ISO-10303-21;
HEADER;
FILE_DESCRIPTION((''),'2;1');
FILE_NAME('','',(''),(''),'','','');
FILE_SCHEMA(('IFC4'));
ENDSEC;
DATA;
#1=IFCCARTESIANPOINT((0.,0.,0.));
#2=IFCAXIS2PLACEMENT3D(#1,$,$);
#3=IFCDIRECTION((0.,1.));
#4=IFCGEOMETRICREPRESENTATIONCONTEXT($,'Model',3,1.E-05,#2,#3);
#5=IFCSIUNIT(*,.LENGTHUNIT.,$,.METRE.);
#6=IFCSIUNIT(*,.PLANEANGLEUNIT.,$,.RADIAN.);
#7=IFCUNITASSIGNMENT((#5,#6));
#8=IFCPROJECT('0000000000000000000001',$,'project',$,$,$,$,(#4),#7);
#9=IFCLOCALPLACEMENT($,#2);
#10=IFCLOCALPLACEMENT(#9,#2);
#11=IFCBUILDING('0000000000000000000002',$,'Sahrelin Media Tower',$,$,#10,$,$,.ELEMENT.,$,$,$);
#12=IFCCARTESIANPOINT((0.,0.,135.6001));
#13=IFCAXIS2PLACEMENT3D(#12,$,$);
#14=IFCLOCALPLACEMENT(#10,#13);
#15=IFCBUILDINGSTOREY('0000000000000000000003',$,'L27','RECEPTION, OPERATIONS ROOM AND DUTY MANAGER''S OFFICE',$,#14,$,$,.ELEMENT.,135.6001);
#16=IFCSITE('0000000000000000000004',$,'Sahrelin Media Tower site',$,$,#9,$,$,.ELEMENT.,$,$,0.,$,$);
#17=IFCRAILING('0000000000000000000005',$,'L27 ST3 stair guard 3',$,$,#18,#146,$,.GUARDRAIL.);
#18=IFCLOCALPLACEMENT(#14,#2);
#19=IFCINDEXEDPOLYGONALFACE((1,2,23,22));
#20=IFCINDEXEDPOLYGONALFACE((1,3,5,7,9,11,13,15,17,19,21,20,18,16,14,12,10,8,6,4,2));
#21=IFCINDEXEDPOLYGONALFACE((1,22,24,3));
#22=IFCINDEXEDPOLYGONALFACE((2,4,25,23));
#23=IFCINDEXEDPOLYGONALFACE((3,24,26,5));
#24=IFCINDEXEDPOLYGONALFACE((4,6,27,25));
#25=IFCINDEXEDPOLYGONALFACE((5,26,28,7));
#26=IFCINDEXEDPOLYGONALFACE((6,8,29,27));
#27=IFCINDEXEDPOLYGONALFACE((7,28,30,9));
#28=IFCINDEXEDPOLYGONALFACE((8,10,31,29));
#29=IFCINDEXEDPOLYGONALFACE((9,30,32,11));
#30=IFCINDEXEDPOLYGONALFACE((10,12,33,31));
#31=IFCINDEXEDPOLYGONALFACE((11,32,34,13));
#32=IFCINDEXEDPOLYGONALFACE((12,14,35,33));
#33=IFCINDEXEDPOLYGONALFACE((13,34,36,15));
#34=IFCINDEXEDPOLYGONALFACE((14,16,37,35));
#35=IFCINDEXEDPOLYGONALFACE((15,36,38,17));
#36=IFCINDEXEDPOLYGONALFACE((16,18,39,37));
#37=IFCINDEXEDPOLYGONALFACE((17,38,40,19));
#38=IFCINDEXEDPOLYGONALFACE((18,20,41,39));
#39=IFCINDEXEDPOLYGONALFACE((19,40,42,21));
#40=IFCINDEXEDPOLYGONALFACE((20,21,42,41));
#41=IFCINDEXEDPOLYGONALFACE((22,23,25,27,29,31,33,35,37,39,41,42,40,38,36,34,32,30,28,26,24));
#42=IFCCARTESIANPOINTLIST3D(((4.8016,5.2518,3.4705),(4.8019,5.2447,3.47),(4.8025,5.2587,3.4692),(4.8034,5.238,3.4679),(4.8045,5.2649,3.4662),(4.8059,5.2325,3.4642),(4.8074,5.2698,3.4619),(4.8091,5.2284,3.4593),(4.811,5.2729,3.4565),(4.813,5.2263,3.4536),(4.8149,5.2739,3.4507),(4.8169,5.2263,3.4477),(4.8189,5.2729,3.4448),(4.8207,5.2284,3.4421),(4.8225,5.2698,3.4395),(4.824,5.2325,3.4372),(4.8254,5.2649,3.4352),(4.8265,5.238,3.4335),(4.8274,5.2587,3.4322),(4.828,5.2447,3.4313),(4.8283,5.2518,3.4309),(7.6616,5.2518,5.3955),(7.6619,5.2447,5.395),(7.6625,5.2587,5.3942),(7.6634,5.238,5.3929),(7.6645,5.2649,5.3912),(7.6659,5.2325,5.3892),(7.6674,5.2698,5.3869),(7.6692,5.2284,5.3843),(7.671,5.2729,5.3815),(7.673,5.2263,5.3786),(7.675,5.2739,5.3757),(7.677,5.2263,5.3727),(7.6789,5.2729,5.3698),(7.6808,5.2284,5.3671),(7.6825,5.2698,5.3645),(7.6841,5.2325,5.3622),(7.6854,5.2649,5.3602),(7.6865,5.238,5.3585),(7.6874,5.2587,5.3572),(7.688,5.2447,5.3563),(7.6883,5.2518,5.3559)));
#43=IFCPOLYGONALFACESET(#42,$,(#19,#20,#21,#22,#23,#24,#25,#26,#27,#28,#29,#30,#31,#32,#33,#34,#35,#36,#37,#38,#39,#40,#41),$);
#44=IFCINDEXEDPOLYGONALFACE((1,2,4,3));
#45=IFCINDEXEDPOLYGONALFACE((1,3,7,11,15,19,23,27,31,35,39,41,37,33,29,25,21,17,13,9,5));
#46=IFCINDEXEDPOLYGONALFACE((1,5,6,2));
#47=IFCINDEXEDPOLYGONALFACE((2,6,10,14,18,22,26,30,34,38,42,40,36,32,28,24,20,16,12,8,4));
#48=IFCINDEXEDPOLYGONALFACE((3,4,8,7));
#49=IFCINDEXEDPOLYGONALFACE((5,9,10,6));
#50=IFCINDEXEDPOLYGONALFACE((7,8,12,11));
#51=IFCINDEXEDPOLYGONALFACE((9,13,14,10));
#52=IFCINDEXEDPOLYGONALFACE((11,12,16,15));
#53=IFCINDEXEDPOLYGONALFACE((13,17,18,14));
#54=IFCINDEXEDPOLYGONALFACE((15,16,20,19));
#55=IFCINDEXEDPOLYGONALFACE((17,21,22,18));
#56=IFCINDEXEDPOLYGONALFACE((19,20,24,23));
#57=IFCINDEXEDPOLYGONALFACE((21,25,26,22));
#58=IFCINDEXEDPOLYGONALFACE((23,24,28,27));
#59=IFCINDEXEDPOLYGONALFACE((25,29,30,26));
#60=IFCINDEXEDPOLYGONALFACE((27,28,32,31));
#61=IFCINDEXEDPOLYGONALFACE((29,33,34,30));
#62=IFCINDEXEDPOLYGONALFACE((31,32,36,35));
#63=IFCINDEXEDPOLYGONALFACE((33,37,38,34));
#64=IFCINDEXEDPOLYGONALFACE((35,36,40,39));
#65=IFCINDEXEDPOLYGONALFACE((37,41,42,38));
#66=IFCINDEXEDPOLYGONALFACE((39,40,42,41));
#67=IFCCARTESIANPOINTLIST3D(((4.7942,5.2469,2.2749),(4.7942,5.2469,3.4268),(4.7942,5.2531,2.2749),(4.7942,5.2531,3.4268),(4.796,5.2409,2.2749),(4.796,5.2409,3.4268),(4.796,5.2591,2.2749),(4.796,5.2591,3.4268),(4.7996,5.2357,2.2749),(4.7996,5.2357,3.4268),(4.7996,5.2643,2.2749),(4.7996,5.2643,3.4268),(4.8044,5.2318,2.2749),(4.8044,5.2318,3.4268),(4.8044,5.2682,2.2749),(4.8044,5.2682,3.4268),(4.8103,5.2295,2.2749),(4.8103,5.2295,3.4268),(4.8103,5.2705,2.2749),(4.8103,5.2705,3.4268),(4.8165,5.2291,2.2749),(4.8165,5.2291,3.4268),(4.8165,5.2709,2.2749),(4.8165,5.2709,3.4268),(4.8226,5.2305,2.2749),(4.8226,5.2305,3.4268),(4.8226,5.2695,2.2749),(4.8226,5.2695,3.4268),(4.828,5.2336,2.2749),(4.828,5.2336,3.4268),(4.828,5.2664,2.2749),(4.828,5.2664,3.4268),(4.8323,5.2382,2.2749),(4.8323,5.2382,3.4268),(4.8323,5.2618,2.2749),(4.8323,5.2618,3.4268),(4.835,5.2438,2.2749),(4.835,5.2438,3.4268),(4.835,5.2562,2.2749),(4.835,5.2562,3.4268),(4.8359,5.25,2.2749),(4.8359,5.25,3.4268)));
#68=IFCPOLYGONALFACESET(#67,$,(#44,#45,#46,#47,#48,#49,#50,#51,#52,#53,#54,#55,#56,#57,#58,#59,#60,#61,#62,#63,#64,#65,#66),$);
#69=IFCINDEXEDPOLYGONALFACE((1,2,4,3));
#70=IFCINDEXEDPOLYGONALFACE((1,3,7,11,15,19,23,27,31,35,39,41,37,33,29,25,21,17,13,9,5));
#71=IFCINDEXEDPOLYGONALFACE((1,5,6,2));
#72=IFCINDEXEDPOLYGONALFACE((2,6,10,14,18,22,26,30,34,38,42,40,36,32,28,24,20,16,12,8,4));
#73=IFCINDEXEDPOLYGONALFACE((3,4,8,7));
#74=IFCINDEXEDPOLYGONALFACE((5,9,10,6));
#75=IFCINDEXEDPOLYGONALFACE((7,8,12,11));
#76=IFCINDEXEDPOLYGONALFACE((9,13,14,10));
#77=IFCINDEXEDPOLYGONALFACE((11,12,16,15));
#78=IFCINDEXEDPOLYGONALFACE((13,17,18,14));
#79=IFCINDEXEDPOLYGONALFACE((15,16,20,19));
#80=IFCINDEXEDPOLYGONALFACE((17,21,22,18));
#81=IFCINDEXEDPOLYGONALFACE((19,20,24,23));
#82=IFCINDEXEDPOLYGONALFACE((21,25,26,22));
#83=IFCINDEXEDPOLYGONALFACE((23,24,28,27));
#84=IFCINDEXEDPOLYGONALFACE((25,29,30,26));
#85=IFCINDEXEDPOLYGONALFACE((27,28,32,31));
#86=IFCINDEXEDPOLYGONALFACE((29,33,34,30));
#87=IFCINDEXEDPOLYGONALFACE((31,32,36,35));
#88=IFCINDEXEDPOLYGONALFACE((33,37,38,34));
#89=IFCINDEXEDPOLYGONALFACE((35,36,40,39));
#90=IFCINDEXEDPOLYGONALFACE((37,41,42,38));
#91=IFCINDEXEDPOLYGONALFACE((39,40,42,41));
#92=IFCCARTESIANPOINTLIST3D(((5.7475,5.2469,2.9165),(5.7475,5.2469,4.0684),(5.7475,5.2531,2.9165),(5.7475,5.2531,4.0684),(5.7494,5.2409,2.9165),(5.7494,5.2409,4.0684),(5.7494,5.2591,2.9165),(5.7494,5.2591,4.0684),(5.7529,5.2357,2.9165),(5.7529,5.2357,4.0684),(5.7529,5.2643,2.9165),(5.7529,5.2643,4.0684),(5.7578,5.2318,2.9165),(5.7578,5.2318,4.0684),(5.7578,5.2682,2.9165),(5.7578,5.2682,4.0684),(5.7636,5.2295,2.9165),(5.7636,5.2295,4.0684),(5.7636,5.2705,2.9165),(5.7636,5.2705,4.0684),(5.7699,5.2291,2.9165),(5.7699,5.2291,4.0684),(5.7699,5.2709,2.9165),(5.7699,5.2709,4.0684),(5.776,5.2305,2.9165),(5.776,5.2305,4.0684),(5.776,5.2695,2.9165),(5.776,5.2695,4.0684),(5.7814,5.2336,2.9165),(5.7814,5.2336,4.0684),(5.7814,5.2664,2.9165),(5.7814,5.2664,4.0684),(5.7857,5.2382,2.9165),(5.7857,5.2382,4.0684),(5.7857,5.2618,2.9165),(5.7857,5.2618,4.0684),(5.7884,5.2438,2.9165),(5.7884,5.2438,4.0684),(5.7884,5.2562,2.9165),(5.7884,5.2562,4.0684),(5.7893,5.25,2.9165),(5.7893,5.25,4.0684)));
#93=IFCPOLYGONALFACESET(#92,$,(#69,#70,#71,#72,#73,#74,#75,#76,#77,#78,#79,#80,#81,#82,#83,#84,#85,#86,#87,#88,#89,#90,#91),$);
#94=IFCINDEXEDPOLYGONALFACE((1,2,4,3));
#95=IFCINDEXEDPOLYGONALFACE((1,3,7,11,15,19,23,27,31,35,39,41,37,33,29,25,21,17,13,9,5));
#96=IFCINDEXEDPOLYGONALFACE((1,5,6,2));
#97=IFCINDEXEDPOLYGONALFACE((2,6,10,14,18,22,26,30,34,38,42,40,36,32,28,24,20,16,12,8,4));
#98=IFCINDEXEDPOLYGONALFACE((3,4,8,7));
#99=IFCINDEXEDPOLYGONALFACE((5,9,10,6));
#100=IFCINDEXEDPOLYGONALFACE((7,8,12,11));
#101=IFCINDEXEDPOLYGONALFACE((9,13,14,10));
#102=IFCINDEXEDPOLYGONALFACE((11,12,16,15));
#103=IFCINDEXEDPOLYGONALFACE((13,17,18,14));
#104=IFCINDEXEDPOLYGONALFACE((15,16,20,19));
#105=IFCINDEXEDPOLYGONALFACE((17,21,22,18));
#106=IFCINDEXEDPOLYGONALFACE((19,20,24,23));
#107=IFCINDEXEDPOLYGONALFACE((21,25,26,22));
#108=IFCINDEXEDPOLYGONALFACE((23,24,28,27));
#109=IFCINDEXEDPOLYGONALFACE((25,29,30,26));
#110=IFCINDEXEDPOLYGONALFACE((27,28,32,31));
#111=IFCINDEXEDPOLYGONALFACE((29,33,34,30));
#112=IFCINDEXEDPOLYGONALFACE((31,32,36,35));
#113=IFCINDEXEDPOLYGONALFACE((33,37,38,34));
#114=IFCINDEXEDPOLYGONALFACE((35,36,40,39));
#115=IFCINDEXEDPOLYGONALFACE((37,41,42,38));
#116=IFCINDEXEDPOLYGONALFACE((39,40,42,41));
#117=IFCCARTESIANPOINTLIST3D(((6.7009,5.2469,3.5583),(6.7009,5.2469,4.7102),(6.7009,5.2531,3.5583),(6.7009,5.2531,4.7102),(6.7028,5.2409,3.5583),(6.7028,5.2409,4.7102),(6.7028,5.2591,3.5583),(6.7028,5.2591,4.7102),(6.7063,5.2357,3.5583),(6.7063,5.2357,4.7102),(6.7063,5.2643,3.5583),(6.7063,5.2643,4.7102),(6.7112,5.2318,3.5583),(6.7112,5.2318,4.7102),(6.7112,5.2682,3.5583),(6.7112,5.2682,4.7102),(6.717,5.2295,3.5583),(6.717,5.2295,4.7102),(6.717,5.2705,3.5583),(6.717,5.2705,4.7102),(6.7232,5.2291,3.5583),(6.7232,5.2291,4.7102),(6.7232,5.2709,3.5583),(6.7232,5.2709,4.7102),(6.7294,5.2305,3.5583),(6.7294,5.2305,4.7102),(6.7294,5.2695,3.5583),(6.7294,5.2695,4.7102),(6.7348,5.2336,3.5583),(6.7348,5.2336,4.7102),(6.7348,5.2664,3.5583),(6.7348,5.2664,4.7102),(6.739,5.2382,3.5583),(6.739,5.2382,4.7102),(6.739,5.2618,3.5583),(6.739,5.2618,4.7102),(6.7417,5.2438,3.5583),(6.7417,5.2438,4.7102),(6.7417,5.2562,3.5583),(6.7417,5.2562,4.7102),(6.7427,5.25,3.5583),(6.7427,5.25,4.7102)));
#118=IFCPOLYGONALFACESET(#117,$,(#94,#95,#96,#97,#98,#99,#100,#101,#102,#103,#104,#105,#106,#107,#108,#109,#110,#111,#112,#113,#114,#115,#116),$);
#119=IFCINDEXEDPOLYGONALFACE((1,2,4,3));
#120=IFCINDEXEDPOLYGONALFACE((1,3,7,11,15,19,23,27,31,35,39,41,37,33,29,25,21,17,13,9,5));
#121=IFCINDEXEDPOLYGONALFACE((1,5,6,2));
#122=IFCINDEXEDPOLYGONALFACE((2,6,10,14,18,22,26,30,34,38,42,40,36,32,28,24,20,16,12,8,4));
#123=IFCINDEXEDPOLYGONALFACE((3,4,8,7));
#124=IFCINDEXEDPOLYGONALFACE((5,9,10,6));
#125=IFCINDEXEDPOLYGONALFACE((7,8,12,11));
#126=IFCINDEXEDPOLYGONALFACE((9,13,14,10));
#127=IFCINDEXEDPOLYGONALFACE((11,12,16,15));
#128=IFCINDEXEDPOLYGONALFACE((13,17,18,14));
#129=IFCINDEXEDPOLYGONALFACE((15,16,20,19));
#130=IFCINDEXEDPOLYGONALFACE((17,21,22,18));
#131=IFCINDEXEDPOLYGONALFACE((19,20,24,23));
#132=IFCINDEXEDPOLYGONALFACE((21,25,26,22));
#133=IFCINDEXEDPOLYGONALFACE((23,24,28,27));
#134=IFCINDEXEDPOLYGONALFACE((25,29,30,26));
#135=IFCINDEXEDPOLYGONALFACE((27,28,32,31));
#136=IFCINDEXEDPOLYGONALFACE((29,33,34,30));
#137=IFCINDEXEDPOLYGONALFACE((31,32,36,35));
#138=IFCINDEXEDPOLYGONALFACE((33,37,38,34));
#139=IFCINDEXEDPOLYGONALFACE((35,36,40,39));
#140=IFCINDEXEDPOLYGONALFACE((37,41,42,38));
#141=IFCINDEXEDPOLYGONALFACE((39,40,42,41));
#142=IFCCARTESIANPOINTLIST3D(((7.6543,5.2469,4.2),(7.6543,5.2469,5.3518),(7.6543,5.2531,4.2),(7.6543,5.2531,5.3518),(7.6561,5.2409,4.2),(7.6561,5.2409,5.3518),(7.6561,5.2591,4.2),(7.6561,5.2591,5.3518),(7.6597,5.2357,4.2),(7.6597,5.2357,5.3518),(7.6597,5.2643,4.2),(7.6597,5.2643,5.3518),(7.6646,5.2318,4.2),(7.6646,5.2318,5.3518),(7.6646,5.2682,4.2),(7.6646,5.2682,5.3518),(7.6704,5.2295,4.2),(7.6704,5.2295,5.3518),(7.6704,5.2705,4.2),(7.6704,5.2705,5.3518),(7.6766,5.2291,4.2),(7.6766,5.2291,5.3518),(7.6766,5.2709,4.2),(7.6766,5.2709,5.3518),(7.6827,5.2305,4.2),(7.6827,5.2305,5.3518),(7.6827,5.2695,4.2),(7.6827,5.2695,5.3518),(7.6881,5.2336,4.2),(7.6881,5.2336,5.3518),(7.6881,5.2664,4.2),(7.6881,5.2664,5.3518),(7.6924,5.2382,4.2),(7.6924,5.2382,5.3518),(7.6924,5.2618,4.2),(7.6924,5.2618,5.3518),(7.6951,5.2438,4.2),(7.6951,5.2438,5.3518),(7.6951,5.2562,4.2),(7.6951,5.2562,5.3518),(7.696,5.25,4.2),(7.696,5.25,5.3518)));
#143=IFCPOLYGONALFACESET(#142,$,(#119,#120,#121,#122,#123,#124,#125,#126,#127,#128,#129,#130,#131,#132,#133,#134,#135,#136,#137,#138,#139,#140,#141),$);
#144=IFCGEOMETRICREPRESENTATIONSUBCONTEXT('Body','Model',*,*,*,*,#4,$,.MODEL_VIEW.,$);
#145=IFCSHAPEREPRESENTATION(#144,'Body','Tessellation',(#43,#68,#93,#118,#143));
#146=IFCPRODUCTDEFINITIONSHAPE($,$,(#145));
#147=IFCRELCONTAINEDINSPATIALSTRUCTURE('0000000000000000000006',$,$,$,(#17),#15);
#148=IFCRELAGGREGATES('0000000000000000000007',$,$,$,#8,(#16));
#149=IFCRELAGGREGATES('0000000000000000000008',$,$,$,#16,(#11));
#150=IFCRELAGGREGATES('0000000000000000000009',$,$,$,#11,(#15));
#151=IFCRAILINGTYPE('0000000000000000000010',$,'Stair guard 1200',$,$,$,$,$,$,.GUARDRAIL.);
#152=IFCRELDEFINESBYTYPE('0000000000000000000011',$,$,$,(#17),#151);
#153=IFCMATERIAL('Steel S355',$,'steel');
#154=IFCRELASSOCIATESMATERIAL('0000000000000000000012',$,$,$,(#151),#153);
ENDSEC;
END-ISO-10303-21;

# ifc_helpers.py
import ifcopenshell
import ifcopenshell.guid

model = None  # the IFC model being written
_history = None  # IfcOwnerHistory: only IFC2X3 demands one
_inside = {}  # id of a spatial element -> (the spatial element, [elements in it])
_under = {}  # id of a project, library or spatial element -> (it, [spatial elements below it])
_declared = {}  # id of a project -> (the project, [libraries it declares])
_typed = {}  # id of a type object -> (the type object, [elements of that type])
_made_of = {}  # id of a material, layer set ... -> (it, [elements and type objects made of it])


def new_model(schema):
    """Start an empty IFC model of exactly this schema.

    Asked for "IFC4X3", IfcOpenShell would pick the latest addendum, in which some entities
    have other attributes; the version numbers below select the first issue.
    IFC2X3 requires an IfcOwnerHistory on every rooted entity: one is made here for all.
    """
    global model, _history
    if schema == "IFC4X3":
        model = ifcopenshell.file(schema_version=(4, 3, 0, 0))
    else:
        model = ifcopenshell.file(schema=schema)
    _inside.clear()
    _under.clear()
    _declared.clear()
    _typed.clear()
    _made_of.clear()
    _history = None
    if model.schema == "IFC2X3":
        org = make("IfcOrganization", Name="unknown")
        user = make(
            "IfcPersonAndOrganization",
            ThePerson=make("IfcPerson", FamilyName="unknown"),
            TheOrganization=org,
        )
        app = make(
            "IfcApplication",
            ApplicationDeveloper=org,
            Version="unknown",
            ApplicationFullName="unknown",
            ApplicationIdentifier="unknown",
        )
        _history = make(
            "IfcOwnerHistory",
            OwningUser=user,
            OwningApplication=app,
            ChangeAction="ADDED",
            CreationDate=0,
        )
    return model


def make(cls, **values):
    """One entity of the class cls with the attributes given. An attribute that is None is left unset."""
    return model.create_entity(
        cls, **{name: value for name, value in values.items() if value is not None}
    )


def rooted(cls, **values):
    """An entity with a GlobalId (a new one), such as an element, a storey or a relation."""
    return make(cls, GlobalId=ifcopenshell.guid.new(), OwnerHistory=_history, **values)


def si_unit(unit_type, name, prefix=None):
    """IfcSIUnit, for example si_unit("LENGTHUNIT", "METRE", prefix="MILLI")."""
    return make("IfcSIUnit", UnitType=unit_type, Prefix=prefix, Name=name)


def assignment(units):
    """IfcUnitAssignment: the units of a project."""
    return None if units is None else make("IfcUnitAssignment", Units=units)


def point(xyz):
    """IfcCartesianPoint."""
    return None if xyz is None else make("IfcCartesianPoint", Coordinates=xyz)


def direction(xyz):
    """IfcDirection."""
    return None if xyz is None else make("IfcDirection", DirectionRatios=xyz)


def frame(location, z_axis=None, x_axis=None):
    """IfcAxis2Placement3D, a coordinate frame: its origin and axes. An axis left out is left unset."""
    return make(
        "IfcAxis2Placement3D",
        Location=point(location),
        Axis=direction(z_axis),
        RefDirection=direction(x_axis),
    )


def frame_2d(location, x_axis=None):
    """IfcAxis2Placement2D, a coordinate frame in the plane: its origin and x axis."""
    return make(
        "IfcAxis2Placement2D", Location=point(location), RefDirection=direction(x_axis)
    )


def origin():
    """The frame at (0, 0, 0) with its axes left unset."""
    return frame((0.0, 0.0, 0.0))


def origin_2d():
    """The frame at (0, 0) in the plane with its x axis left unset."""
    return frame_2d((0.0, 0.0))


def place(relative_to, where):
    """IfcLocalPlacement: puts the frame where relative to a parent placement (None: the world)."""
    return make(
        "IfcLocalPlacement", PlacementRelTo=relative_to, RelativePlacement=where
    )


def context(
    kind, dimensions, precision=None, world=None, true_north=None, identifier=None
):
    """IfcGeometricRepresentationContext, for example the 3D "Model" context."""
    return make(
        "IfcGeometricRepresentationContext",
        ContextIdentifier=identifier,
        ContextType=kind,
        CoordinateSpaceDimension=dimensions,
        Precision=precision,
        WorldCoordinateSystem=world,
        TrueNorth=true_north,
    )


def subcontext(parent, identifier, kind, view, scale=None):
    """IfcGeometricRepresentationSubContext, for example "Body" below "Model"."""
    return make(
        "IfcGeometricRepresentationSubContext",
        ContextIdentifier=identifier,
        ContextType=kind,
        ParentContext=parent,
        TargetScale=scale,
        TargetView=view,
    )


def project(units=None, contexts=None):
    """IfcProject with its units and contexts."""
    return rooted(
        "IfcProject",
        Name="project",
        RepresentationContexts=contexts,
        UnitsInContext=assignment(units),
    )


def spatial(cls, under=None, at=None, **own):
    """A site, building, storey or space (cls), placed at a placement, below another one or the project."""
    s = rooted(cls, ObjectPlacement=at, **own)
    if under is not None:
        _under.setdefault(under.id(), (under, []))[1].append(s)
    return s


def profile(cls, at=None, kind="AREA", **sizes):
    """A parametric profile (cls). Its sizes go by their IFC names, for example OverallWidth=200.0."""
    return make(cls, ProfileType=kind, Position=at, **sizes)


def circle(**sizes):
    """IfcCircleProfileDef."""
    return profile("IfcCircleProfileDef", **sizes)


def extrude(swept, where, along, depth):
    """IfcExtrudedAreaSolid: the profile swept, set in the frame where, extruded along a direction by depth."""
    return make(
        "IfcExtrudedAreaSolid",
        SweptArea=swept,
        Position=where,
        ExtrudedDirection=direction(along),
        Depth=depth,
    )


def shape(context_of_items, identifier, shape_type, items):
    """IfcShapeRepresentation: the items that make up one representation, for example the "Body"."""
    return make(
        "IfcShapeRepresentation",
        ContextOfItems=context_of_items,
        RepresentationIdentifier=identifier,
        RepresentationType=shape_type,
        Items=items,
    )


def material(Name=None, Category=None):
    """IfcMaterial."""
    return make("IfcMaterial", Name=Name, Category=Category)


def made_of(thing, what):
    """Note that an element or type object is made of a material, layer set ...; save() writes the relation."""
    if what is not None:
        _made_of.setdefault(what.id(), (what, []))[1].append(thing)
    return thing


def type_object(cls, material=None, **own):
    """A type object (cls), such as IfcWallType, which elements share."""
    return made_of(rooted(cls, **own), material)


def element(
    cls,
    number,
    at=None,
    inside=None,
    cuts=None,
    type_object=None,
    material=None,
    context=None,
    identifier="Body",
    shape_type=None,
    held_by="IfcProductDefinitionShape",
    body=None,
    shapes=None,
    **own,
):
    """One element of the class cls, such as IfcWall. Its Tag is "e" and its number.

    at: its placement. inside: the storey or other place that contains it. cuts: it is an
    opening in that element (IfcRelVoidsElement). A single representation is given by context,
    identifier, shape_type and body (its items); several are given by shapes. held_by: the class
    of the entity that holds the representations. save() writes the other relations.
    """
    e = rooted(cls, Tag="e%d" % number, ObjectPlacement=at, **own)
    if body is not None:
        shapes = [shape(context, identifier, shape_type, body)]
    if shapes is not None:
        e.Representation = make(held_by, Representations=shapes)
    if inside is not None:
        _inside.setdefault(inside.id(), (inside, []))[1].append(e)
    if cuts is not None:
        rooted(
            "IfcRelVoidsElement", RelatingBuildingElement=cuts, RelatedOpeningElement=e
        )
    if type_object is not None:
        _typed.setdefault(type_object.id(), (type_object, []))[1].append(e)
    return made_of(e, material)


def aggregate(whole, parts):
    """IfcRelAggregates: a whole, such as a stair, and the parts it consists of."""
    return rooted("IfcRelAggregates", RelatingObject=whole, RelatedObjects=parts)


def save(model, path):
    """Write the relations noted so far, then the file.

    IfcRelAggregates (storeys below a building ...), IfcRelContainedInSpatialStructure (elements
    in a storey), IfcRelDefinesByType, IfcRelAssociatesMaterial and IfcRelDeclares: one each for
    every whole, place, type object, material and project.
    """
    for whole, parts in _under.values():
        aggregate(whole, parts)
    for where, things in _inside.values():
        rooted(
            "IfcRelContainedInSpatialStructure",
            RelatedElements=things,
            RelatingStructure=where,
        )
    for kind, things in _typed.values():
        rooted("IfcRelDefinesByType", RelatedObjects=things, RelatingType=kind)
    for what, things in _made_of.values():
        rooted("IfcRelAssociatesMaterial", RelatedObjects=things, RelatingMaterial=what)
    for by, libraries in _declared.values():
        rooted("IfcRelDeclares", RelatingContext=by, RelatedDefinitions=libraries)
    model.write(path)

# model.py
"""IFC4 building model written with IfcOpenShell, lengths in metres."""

from ifc_helpers import new_model, si_unit, direction, frame, origin, origin_2d, place, context, subcontext, project, spatial, circle, extrude, material, type_object, element, save


model = new_model("IFC4")

# Units and contexts
model_context = context("Model", 3, precision=1e-05, world=origin(), true_north=direction((0.0, 1.0)))
body_context = subcontext(model_context, "Body", "Model", "MODEL_VIEW")
ifc_project = project(units=[si_unit("LENGTHUNIT", "METRE"), si_unit("PLANEANGLEUNIT", "RADIAN")], contexts=[model_context])

# Site, building, storey
site_placement = place(None, origin())
site = spatial("IfcSite", under=ifc_project, at=site_placement, Name="Sahrelin Media Tower site", CompositionType="ELEMENT", RefElevation=0.0)
building_placement = place(site_placement, origin())
building = spatial("IfcBuilding", under=site, at=building_placement, Name="Sahrelin Media Tower", CompositionType="ELEMENT")
storey_placement = place(building_placement, frame((0.0, 0.0, 135.6001)))
storey = spatial("IfcBuildingStorey", under=building, at=storey_placement, Name="L27", Description="RECEPTION, OPERATIONS ROOM AND DUTY MANAGER'S OFFICE", CompositionType="ELEMENT", Elevation=135.6001)

# Shared definitions
ifc_material_1 = material(Name="Steel S355", Category="steel")

# Railing
railing_type_1 = type_object("IfcRailingType", Name="Stair guard 1200", PredefinedType="GUARDRAIL", material=ifc_material_1)
railing_1_placement = place(storey_placement, frame((4.8149, 5.25, 2.2749)))
element("IfcRailing", 1, at=railing_1_placement, inside=storey, type_object=railing_type_1, Name="L27 ST3 stair guard 3", PredefinedType="GUARDRAIL", context=body_context, shape_type="SweptSolid", body=[
    extrude(circle(Radius=0.0239, at=origin_2d()), frame((0.0, 0.0, 1.1758), z_axis=(0.829591, 0.0, 0.558372), x_axis=(0.0, 1.0, 0.0)), (0.0, 0.0, 1.0), 3.4475),
    extrude(circle(Radius=0.021, at=origin_2d()), origin(), (0.0, 0.0, 1.0), 1.1519),
    extrude(circle(Radius=0.021, at=origin_2d()), frame((0.9534, 0.0, 0.6416)), (0.0, 0.0, 1.0), 1.1519),
    extrude(circle(Radius=0.021, at=origin_2d()), frame((1.9067, 0.0, 1.2834)), (0.0, 0.0, 1.0), 1.1519),
    extrude(circle(Radius=0.021, at=origin_2d()), frame((2.8601, 0.0, 1.925)), (0.0, 0.0, 1.0), 1.1519),
])

save(model, "model.ifc")
